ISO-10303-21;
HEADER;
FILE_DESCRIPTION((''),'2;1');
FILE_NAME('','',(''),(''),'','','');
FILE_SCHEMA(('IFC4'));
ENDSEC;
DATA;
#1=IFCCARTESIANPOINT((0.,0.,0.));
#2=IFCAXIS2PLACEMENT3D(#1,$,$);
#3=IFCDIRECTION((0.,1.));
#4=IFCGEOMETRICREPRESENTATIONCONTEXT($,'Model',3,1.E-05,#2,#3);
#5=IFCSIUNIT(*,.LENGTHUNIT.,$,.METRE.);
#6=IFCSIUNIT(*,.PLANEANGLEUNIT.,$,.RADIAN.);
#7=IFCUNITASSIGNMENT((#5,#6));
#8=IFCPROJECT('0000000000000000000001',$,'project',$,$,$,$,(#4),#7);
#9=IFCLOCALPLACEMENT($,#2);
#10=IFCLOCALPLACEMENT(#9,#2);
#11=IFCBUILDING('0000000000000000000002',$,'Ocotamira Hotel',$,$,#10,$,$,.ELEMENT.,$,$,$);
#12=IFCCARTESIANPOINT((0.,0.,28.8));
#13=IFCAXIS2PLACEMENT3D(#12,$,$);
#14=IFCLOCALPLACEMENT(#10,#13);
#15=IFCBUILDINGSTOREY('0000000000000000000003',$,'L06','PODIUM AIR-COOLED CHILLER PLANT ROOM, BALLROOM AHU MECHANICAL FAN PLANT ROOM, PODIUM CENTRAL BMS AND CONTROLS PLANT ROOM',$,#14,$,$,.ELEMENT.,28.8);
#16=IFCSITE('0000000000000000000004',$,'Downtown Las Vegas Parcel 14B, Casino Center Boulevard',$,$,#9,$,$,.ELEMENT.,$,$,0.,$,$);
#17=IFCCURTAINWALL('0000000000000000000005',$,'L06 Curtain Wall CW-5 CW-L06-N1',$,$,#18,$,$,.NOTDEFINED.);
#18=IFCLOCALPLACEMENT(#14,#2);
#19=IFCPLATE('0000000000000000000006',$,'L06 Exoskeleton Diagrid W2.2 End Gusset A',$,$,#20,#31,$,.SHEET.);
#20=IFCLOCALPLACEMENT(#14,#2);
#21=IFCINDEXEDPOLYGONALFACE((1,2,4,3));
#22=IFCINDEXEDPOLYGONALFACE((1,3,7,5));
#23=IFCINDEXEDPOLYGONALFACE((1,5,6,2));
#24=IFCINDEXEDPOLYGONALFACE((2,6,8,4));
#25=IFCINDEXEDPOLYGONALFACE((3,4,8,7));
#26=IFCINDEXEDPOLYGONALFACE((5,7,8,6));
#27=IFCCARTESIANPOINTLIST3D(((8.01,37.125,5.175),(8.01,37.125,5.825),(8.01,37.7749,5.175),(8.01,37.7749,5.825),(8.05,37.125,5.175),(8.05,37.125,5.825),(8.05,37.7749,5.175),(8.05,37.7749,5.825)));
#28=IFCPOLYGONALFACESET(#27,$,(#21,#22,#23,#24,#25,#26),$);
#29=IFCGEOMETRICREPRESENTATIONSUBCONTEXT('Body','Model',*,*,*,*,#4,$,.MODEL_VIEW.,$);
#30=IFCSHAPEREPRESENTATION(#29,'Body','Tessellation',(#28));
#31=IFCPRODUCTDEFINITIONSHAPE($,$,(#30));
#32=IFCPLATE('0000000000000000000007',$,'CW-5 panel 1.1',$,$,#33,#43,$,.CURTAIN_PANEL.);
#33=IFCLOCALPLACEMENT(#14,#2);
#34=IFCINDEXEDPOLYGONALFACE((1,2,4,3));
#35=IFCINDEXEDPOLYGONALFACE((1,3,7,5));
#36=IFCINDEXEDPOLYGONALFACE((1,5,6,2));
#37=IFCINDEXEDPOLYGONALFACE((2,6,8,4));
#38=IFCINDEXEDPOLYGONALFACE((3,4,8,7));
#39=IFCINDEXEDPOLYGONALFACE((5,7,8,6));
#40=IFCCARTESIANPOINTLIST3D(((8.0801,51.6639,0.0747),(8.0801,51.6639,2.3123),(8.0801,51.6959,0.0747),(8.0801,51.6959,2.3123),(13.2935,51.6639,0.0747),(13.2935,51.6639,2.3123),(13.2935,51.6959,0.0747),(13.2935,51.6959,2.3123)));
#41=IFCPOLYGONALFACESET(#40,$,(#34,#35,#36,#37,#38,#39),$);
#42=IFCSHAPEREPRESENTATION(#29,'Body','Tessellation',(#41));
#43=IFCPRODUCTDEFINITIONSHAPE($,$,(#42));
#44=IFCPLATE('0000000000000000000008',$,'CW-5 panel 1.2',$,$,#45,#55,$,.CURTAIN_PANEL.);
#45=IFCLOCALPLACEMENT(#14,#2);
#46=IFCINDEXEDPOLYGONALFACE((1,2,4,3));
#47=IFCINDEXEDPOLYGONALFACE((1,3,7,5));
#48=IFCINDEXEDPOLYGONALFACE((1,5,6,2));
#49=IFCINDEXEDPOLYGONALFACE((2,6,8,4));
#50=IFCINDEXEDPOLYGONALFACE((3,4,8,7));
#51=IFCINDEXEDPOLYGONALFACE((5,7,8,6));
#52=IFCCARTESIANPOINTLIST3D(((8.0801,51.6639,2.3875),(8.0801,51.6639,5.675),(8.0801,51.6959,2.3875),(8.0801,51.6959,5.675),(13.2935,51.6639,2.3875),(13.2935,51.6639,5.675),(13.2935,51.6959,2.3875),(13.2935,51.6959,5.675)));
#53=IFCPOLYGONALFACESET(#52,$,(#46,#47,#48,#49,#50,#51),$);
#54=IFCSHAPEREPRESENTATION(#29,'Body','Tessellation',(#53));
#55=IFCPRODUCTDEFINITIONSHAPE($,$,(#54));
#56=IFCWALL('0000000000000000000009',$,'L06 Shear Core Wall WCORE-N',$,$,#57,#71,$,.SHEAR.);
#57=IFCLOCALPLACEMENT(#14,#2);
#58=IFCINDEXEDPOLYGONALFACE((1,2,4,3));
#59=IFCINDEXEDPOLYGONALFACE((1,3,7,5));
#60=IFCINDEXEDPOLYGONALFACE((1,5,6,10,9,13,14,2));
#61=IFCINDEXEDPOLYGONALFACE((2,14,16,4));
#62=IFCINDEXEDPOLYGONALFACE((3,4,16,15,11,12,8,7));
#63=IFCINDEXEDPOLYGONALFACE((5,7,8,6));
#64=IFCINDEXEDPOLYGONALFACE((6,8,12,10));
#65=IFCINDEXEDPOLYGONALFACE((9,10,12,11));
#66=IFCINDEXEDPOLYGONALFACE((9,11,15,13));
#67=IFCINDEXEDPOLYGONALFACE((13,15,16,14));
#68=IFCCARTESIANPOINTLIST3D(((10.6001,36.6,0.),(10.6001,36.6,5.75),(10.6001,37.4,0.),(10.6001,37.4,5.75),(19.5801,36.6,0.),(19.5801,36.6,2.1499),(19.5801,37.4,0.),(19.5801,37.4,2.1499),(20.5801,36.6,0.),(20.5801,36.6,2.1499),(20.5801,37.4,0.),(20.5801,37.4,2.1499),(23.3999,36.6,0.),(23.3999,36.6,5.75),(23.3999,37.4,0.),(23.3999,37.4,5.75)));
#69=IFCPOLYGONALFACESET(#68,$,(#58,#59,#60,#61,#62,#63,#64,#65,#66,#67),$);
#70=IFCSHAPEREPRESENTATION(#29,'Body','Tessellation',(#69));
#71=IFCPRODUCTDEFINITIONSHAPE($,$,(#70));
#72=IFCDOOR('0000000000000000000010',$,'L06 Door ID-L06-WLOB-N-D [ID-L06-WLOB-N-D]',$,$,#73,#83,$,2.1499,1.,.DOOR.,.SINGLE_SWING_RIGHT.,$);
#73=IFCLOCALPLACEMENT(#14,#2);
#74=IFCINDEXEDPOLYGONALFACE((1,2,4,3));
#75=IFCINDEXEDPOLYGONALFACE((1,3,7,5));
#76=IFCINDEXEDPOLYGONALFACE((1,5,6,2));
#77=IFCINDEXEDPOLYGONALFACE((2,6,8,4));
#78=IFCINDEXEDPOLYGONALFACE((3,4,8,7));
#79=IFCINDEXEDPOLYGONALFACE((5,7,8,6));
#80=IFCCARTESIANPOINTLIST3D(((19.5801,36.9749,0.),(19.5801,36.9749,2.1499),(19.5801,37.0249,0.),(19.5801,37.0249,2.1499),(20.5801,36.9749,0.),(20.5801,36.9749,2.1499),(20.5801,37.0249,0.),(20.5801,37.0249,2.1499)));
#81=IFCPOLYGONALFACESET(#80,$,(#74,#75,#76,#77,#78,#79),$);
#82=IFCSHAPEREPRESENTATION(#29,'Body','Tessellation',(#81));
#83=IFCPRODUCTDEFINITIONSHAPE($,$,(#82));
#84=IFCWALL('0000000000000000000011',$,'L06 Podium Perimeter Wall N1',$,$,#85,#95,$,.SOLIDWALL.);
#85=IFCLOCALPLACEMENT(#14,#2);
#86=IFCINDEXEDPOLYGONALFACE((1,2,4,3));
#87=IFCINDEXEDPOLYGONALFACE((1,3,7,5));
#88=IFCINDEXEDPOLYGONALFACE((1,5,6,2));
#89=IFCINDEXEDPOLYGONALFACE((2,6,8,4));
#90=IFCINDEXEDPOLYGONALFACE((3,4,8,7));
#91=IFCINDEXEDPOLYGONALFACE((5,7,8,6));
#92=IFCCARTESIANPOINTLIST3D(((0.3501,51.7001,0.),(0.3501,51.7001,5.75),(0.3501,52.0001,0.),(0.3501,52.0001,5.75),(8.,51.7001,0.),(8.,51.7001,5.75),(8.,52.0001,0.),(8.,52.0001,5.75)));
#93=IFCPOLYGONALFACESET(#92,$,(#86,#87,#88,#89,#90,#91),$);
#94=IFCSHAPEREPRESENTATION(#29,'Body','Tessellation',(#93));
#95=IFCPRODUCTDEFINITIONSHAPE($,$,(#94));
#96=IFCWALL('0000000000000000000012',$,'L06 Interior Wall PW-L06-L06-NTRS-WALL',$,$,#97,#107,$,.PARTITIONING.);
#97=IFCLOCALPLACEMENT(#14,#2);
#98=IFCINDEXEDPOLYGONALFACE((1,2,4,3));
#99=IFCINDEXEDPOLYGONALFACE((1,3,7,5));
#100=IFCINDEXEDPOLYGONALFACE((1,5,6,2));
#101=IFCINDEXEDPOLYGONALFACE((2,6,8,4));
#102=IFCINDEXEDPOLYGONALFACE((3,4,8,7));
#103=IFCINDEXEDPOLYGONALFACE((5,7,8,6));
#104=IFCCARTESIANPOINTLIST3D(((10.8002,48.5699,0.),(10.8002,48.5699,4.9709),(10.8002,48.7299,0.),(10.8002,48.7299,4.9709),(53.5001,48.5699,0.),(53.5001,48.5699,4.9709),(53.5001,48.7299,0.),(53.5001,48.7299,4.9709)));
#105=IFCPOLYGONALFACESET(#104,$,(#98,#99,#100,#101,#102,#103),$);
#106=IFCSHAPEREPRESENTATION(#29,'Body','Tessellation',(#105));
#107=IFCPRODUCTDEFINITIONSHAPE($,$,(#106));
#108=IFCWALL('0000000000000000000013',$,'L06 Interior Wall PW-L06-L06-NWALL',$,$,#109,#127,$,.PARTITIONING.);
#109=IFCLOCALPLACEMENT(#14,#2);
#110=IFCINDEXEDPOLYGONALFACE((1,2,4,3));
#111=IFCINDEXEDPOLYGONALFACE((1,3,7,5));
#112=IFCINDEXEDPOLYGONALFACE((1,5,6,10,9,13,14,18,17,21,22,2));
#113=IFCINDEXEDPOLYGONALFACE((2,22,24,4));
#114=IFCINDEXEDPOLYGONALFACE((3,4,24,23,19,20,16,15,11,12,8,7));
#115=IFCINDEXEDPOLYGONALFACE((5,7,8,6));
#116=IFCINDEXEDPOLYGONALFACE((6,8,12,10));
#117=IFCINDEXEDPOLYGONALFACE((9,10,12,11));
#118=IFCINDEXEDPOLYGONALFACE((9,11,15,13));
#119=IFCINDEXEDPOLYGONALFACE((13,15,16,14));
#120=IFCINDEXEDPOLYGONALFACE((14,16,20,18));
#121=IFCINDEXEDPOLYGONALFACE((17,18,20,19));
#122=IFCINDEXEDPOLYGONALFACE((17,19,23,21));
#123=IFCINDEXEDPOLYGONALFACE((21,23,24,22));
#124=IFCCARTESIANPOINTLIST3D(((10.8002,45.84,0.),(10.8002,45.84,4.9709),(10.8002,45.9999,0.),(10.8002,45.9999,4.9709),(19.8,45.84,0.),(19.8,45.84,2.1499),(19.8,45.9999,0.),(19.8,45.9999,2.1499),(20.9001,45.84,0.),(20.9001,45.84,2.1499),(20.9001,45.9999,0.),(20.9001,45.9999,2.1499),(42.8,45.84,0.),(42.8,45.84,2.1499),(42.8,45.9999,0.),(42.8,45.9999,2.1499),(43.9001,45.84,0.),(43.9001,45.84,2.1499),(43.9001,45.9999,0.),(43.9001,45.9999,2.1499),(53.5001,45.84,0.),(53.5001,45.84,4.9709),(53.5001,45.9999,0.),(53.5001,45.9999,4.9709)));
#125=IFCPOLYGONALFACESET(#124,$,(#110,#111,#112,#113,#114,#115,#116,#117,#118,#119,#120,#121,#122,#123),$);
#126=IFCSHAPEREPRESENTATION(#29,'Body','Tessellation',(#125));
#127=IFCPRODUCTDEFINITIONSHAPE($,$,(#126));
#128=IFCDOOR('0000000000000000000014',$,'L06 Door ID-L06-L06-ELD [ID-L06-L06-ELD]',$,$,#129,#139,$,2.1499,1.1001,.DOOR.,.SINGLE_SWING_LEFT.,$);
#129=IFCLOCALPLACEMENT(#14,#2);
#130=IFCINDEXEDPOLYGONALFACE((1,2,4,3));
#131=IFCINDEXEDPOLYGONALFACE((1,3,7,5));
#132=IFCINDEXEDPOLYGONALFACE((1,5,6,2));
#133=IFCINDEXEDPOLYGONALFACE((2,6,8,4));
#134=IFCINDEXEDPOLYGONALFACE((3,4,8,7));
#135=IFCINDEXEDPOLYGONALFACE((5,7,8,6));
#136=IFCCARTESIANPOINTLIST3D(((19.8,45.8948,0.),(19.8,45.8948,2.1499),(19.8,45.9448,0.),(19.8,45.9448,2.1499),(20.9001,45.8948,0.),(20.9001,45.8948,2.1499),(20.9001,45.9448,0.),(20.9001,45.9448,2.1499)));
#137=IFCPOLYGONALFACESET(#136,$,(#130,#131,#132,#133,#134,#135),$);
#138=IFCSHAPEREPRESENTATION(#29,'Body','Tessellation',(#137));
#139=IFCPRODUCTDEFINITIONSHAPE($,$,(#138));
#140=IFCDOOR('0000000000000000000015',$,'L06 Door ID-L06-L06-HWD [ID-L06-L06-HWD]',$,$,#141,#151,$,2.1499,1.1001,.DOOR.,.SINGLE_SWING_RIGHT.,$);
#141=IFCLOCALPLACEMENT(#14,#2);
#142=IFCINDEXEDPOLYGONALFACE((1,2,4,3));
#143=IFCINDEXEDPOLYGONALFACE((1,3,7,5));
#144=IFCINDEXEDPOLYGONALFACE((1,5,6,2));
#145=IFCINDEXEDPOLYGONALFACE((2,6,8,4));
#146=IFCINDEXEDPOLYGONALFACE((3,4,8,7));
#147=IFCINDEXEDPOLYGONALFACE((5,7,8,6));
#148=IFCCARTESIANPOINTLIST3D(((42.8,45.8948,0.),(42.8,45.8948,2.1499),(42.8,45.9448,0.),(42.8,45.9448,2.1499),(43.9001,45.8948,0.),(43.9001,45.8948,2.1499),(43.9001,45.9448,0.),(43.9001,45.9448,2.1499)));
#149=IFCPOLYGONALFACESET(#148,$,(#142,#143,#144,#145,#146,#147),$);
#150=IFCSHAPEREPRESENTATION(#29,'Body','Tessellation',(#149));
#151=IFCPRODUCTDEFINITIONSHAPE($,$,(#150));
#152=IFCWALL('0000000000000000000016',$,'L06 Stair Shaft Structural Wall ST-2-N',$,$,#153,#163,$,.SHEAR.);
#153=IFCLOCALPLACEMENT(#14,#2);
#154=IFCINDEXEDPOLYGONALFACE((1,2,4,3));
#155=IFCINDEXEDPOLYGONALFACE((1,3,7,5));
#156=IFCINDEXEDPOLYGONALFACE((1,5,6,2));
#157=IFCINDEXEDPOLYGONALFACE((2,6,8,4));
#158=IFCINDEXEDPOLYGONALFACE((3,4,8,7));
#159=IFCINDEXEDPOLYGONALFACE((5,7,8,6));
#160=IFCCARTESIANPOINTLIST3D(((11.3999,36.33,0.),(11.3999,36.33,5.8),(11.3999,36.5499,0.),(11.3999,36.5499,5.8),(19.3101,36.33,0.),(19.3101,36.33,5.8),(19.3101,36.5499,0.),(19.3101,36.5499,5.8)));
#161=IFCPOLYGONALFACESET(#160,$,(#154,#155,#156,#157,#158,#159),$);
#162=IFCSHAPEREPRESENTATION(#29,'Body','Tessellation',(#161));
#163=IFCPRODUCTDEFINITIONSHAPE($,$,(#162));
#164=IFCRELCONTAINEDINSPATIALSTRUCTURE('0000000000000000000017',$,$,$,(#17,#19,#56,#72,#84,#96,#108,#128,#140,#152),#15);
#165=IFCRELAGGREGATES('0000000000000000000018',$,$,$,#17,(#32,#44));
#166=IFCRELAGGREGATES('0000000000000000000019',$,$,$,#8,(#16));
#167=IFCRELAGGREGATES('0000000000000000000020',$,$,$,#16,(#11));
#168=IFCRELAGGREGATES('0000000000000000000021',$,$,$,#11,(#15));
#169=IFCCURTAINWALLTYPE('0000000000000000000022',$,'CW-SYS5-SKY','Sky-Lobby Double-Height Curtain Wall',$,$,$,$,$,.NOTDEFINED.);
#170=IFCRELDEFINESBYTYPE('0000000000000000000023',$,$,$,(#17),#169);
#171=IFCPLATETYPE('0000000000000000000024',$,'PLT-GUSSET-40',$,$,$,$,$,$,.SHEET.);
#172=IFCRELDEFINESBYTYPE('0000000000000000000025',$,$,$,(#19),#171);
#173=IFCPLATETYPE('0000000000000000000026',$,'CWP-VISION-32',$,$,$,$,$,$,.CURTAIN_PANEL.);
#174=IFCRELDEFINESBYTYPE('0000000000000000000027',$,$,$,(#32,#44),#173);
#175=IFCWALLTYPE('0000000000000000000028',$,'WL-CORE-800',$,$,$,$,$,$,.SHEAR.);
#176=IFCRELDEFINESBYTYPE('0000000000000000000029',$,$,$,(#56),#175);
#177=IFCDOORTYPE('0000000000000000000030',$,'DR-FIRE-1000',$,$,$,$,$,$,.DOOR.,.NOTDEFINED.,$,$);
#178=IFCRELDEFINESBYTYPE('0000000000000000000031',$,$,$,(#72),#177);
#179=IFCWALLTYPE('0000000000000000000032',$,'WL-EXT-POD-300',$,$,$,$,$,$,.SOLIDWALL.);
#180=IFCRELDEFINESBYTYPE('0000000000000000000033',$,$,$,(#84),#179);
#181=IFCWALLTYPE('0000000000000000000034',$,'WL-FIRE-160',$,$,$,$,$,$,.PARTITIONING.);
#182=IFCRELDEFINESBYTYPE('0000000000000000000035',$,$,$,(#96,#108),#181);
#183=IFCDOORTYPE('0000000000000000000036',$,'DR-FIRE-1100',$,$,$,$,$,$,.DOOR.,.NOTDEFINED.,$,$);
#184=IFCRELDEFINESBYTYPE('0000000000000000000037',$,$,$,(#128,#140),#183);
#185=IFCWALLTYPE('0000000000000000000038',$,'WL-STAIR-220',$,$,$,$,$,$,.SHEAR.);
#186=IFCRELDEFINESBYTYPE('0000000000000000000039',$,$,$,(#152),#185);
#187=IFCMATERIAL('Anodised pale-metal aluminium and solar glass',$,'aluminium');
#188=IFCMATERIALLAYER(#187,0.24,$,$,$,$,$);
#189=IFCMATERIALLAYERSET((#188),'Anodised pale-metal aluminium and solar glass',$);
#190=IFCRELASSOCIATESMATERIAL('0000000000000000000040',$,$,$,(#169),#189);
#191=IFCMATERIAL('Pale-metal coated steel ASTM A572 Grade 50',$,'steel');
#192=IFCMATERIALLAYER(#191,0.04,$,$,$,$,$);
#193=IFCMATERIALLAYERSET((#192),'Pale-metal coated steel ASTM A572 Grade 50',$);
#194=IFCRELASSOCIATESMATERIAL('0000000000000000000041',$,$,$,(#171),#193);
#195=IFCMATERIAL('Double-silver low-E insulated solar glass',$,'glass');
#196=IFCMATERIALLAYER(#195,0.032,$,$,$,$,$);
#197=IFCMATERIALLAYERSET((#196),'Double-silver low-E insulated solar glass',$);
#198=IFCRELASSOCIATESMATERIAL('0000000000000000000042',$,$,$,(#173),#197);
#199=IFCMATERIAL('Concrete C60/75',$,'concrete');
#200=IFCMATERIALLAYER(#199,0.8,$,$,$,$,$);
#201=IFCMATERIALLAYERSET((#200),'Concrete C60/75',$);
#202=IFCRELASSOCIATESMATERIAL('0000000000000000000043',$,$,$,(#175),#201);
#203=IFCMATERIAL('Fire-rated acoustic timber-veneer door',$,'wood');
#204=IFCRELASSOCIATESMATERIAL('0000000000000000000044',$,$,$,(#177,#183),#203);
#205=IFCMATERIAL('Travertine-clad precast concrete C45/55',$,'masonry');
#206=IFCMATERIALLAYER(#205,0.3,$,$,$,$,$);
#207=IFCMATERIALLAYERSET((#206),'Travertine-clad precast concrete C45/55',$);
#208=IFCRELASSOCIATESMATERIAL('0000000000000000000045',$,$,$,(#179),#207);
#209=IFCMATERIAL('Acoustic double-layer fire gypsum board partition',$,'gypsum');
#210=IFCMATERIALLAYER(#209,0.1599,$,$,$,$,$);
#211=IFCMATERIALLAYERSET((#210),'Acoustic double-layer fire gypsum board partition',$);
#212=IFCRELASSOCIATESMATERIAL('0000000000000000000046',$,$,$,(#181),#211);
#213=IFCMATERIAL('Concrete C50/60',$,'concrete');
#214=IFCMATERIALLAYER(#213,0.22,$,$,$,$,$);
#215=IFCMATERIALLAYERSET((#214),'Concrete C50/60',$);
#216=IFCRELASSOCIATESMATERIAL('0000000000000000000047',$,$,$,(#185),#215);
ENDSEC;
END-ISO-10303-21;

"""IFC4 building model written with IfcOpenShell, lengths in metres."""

from ifc_helpers import new_model, si_unit, direction, frame, frame_2d, origin, origin_2d, place, context, subcontext, project, spatial, rectangle, extrude, source, transform, mapped, material, layer, layer_set, type_object, element, fill, aggregate, save


model = new_model("IFC4")

# Units and contexts
model_context = context("Model", 3, precision=1e-05, world=origin(), true_north=direction((0.0, 1.0)))
body_context = subcontext(model_context, "Body", "Model", "MODEL_VIEW")
ifc_project = project(units=[si_unit("LENGTHUNIT", "METRE"), si_unit("PLANEANGLEUNIT", "RADIAN")], contexts=[model_context])

# Site, building, storey
site_placement = place(None, origin())
site = spatial("IfcSite", under=ifc_project, at=site_placement, Name="Downtown Las Vegas Parcel 14B, Casino Center Boulevard", CompositionType="ELEMENT", RefElevation=0.0)
building_placement = place(site_placement, origin())
building = spatial("IfcBuilding", under=site, at=building_placement, Name="Ocotamira Hotel", CompositionType="ELEMENT")
storey_placement = place(building_placement, frame((0.0, 0.0, 28.8)))
storey = spatial("IfcBuildingStorey", under=building, at=storey_placement, Name="L06", Description="PODIUM AIR-COOLED CHILLER PLANT ROOM, BALLROOM AHU MECHANICAL FAN PLANT ROOM, PODIUM CENTRAL BMS AND CONTROLS PLANT ROOM", CompositionType="ELEMENT", Elevation=28.8)

# Shared definitions
ifc_material_1 = material(Name="Concrete C50/60", Category="concrete")
ifc_material_2 = material(Name="Concrete C60/75", Category="concrete")

# Curtain wall
ifc_material_3 = material(Name="Anodised pale-metal aluminium and solar glass", Category="aluminium")
ifc_layer_1 = layer(ifc_material_3, 0.24)
ifc_layer_set_1 = layer_set([ifc_layer_1], Name="Anodised pale-metal aluminium and solar glass")
curtain_wall_type = type_object("IfcCurtainWallType", Name="CW-SYS5-SKY", Description="Sky-Lobby Double-Height Curtain Wall", PredefinedType="NOTDEFINED", material=ifc_layer_set_1)
curtain_wall_placement = place(storey_placement, origin())
curtain_wall = element("IfcCurtainWall", 1, at=curtain_wall_placement, inside=storey, type_object=curtain_wall_type, Name="L06 Curtain Wall CW-5 CW-L06-N1", PredefinedType="NOTDEFINED")

# Plate
ifc_material_4 = material(Name="Pale-metal coated steel ASTM A572 Grade 50", Category="steel")
ifc_layer_2 = layer(ifc_material_4, 0.04)
ifc_layer_set_2 = layer_set([ifc_layer_2], Name="Pale-metal coated steel ASTM A572 Grade 50")
plate_type_1 = type_object("IfcPlateType", Name="PLT-GUSSET-40", PredefinedType="SHEET", material=ifc_layer_set_2)
shared_shape_1 = source(origin(), body_context, "Body", "SweptSolid", [
    extrude(rectangle(XDim=0.04, YDim=0.6499, at=origin_2d()), origin(), (0.0, 0.0, 1.0), 0.6499),
])
plate_1_placement = place(storey_placement, frame((8.03, 37.45, 5.175), z_axis=(0.0, 0.0, 1.0), x_axis=(1.0, 0.0, 0.0)))
element("IfcPlate", 2, at=plate_1_placement, inside=storey, type_object=plate_type_1, Name="L06 Exoskeleton Diagrid W2.2 End Gusset A", PredefinedType="SHEET", context=body_context, shape_type="MappedRepresentation", body=[
    mapped(shared_shape_1, transform((0.0, 0.0, 0.0), scale=1.0)),
])

# Plates
ifc_material_5 = material(Name="Double-silver low-E insulated solar glass", Category="glass")
ifc_layer_3 = layer(ifc_material_5, 0.032)
ifc_layer_set_3 = layer_set([ifc_layer_3], Name="Double-silver low-E insulated solar glass")
plate_type_2 = type_object("IfcPlateType", Name="CWP-VISION-32", PredefinedType="CURTAIN_PANEL", material=ifc_layer_set_3)
shared_shape_2 = source(origin(), body_context, "Body", "SweptSolid", [
    extrude(rectangle(XDim=5.2134, YDim=0.032, at=origin_2d()), origin(), (0.0, 0.0, 1.0), 2.2375),
])
plate_2_placement = place(storey_placement, frame((10.6868, 51.6799, 0.0747), z_axis=(0.0, 0.0, 1.0), x_axis=(1.0, 0.0, 0.0)))
plate_2 = element("IfcPlate", 3, at=plate_2_placement, type_object=plate_type_2, Name="CW-5 panel 1.1", PredefinedType="CURTAIN_PANEL", context=body_context, shape_type="MappedRepresentation", body=[
    mapped(shared_shape_2, transform((0.0, 0.0, 0.0), scale=1.0)),
])
shared_shape_3 = source(origin(), body_context, "Body", "SweptSolid", [
    extrude(rectangle(XDim=5.2134, YDim=0.032, at=origin_2d()), origin(), (0.0, 0.0, 1.0), 3.2876),
])
plate_3_placement = place(storey_placement, frame((10.6868, 51.6799, 2.3875), z_axis=(0.0, 0.0, 1.0), x_axis=(1.0, 0.0, 0.0)))
plate_3 = element("IfcPlate", 4, at=plate_3_placement, type_object=plate_type_2, Name="CW-5 panel 1.2", PredefinedType="CURTAIN_PANEL", context=body_context, shape_type="MappedRepresentation", body=[
    mapped(shared_shape_3, transform((0.0, 0.0, 0.0), scale=1.0)),
])
aggregate(curtain_wall, [plate_2, plate_3])

# Wall, opening, door
ifc_layer_4 = layer(ifc_material_2, 0.8)
ifc_layer_set_4 = layer_set([ifc_layer_4], Name="Concrete C60/75")
wall_type_1 = type_object("IfcWallType", Name="WL-CORE-800", PredefinedType="SHEAR", material=ifc_layer_set_4)
wall_1_placement = place(storey_placement, frame((10.6001, 37.0, 0.0), z_axis=(0.0, 0.0, 1.0), x_axis=(1.0, 0.0, 0.0)))
wall_1 = element("IfcWall", 5, at=wall_1_placement, inside=storey, type_object=wall_type_1, Name="L06 Shear Core Wall WCORE-N", PredefinedType="SHEAR", context=body_context, shape_type="SweptSolid", body=[
    extrude(rectangle(XDim=12.7998, YDim=0.8, at=frame_2d((6.3999, 0.0))), origin(), (0.0, 0.0, 1.0), 5.75),
])
opening_1_placement = place(wall_1_placement, frame((8.98, 0.0, 0.0)))
opening_1 = element("IfcOpeningElement", 6, at=opening_1_placement, cuts=wall_1, PredefinedType="OPENING", context=body_context, shape_type="SweptSolid", body=[
    extrude(rectangle(XDim=1.0, YDim=2.1499, at=frame_2d((0.5, 1.075))), frame((0.0, 0.4102, 0.0), z_axis=(0.0, -1.0, 0.0), x_axis=(1.0, 0.0, 0.0)), (0.0, 0.0, 1.0), 0.8201),
])
ifc_material_6 = material(Name="Fire-rated acoustic timber-veneer door", Category="wood")
door_type_1 = type_object("IfcDoorType", Name="DR-FIRE-1000", OperationType="NOTDEFINED", PredefinedType="DOOR", material=ifc_material_6)
shared_shape_4 = source(origin(), body_context, "Body", "SweptSolid", [
    extrude(rectangle(XDim=1.0, YDim=2.1499, at=frame_2d((0.5, 1.075))), frame((0.0, 0.0249, 0.0), z_axis=(0.0, -1.0, 0.0), x_axis=(1.0, 0.0, 0.0)), (0.0, 0.0, 1.0), 0.05),
])
door_1_placement = place(opening_1_placement, origin())
door_1 = element("IfcDoor", 7, at=door_1_placement, inside=storey, type_object=door_type_1, Name="L06 Door ID-L06-WLOB-N-D [ID-L06-WLOB-N-D]", OperationType="SINGLE_SWING_RIGHT", OverallHeight=2.1499, OverallWidth=1.0, PredefinedType="DOOR", context=body_context, shape_type="MappedRepresentation", body=[
    mapped(shared_shape_4, transform((0.0, 0.0, 0.0), scale=1.0)),
])
fill(opening_1, door_1)

# Walls
ifc_material_7 = material(Name="Travertine-clad precast concrete C45/55", Category="masonry")
ifc_layer_5 = layer(ifc_material_7, 0.3)
ifc_layer_set_5 = layer_set([ifc_layer_5], Name="Travertine-clad precast concrete C45/55")
wall_type_2 = type_object("IfcWallType", Name="WL-EXT-POD-300", PredefinedType="SOLIDWALL", material=ifc_layer_set_5)
wall_2_placement = place(storey_placement, frame((0.3501, 51.8501, 0.0), z_axis=(0.0, 0.0, 1.0), x_axis=(1.0, 0.0, 0.0)))
element("IfcWall", 8, at=wall_2_placement, inside=storey, type_object=wall_type_2, Name="L06 Podium Perimeter Wall N1", PredefinedType="SOLIDWALL", context=body_context, shape_type="SweptSolid", body=[
    extrude(rectangle(XDim=7.6499, YDim=0.3, at=frame_2d((3.825, 0.0))), origin(), (0.0, 0.0, 1.0), 5.75),
])
ifc_material_8 = material(Name="Acoustic double-layer fire gypsum board partition", Category="gypsum")
ifc_layer_6 = layer(ifc_material_8, 0.1599)
ifc_layer_set_6 = layer_set([ifc_layer_6], Name="Acoustic double-layer fire gypsum board partition")
wall_type_3 = type_object("IfcWallType", Name="WL-FIRE-160", PredefinedType="PARTITIONING", material=ifc_layer_set_6)
wall_3_placement = place(storey_placement, frame((10.8, 48.6499, 0.0), z_axis=(0.0, 0.0, 1.0), x_axis=(1.0, 0.0, 0.0)))
element("IfcWall", 9, at=wall_3_placement, inside=storey, type_object=wall_type_3, Name="L06 Interior Wall PW-L06-L06-NTRS-WALL", PredefinedType="PARTITIONING", context=body_context, shape_type="SweptSolid", body=[
    extrude(rectangle(XDim=42.7, YDim=0.1599, at=frame_2d((21.3501, 0.0))), origin(), (0.0, 0.0, 1.0), 4.9709),
])

# Wall, openings, doors
wall_4_placement = place(storey_placement, frame((10.8, 45.9199, 0.0), z_axis=(0.0, 0.0, 1.0), x_axis=(1.0, 0.0, 0.0)))
wall_4 = element("IfcWall", 10, at=wall_4_placement, inside=storey, type_object=wall_type_3, Name="L06 Interior Wall PW-L06-L06-NWALL", PredefinedType="PARTITIONING", context=body_context, shape_type="SweptSolid", body=[
    extrude(rectangle(XDim=42.7, YDim=0.1599, at=frame_2d((21.3501, 0.0))), origin(), (0.0, 0.0, 1.0), 4.9709),
])
opening_2_placement = place(wall_4_placement, frame((9.0, 0.0, 0.0)))
opening_2 = element("IfcOpeningElement", 11, at=opening_2_placement, cuts=wall_4, PredefinedType="OPENING", context=body_context, shape_type="SweptSolid", body=[
    extrude(rectangle(XDim=1.1001, YDim=2.1499, at=frame_2d((0.55, 1.075))), frame((0.0, 0.0898, 0.0), z_axis=(0.0, -1.0, 0.0), x_axis=(1.0, 0.0, 0.0)), (0.0, 0.0, 1.0), 0.1799),
])
opening_3_placement = place(wall_4_placement, frame((32.0, 0.0, 0.0)))
opening_3 = element("IfcOpeningElement", 12, at=opening_3_placement, cuts=wall_4, PredefinedType="OPENING", context=body_context, shape_type="SweptSolid", body=[
    extrude(rectangle(XDim=1.1001, YDim=2.1499, at=frame_2d((0.55, 1.075))), frame((0.0, 0.0898, 0.0), z_axis=(0.0, -1.0, 0.0), x_axis=(1.0, 0.0, 0.0)), (0.0, 0.0, 1.0), 0.1799),
])
door_type_2 = type_object("IfcDoorType", Name="DR-FIRE-1100", OperationType="NOTDEFINED", PredefinedType="DOOR", material=ifc_material_6)
shared_shape_5 = source(origin(), body_context, "Body", "SweptSolid", [
    extrude(rectangle(XDim=1.1001, YDim=2.1499, at=frame_2d((0.55, 1.075))), frame((0.0, 0.0249, 0.0), z_axis=(0.0, -1.0, 0.0), x_axis=(1.0, 0.0, 0.0)), (0.0, 0.0, 1.0), 0.05),
])
door_2_placement = place(opening_2_placement, origin())
door_2 = element("IfcDoor", 13, at=door_2_placement, inside=storey, type_object=door_type_2, Name="L06 Door ID-L06-L06-ELD [ID-L06-L06-ELD]", OperationType="SINGLE_SWING_LEFT", OverallHeight=2.1499, OverallWidth=1.1001, PredefinedType="DOOR", context=body_context, shape_type="MappedRepresentation", body=[
    mapped(shared_shape_5, transform((0.0, 0.0, 0.0), scale=1.0)),
])
fill(opening_2, door_2)
door_3_placement = place(opening_3_placement, origin())
door_3 = element("IfcDoor", 14, at=door_3_placement, inside=storey, type_object=door_type_2, Name="L06 Door ID-L06-L06-HWD [ID-L06-L06-HWD]", OperationType="SINGLE_SWING_RIGHT", OverallHeight=2.1499, OverallWidth=1.1001, PredefinedType="DOOR", context=body_context, shape_type="MappedRepresentation", body=[
    mapped(shared_shape_5, transform((0.0, 0.0, 0.0), scale=1.0)),
])
fill(opening_3, door_3)

# Wall
ifc_layer_7 = layer(ifc_material_1, 0.22)
ifc_layer_set_7 = layer_set([ifc_layer_7], Name="Concrete C50/60")
wall_type_4 = type_object("IfcWallType", Name="WL-STAIR-220", PredefinedType="SHEAR", material=ifc_layer_set_7)
wall_5_placement = place(storey_placement, frame((11.3999, 36.4399, 0.0), z_axis=(0.0, 0.0, 1.0), x_axis=(1.0, 0.0, 0.0)))
element("IfcWall", 15, at=wall_5_placement, inside=storey, type_object=wall_type_4, Name="L06 Stair Shaft Structural Wall ST-2-N", PredefinedType="SHEAR", context=body_context, shape_type="SweptSolid", body=[
    extrude(rectangle(XDim=7.9102, YDim=0.22, at=frame_2d((3.9551, 0.0))), origin(), (0.0, 0.0, 1.0), 5.8),
])

save(model, "model.ifc")
